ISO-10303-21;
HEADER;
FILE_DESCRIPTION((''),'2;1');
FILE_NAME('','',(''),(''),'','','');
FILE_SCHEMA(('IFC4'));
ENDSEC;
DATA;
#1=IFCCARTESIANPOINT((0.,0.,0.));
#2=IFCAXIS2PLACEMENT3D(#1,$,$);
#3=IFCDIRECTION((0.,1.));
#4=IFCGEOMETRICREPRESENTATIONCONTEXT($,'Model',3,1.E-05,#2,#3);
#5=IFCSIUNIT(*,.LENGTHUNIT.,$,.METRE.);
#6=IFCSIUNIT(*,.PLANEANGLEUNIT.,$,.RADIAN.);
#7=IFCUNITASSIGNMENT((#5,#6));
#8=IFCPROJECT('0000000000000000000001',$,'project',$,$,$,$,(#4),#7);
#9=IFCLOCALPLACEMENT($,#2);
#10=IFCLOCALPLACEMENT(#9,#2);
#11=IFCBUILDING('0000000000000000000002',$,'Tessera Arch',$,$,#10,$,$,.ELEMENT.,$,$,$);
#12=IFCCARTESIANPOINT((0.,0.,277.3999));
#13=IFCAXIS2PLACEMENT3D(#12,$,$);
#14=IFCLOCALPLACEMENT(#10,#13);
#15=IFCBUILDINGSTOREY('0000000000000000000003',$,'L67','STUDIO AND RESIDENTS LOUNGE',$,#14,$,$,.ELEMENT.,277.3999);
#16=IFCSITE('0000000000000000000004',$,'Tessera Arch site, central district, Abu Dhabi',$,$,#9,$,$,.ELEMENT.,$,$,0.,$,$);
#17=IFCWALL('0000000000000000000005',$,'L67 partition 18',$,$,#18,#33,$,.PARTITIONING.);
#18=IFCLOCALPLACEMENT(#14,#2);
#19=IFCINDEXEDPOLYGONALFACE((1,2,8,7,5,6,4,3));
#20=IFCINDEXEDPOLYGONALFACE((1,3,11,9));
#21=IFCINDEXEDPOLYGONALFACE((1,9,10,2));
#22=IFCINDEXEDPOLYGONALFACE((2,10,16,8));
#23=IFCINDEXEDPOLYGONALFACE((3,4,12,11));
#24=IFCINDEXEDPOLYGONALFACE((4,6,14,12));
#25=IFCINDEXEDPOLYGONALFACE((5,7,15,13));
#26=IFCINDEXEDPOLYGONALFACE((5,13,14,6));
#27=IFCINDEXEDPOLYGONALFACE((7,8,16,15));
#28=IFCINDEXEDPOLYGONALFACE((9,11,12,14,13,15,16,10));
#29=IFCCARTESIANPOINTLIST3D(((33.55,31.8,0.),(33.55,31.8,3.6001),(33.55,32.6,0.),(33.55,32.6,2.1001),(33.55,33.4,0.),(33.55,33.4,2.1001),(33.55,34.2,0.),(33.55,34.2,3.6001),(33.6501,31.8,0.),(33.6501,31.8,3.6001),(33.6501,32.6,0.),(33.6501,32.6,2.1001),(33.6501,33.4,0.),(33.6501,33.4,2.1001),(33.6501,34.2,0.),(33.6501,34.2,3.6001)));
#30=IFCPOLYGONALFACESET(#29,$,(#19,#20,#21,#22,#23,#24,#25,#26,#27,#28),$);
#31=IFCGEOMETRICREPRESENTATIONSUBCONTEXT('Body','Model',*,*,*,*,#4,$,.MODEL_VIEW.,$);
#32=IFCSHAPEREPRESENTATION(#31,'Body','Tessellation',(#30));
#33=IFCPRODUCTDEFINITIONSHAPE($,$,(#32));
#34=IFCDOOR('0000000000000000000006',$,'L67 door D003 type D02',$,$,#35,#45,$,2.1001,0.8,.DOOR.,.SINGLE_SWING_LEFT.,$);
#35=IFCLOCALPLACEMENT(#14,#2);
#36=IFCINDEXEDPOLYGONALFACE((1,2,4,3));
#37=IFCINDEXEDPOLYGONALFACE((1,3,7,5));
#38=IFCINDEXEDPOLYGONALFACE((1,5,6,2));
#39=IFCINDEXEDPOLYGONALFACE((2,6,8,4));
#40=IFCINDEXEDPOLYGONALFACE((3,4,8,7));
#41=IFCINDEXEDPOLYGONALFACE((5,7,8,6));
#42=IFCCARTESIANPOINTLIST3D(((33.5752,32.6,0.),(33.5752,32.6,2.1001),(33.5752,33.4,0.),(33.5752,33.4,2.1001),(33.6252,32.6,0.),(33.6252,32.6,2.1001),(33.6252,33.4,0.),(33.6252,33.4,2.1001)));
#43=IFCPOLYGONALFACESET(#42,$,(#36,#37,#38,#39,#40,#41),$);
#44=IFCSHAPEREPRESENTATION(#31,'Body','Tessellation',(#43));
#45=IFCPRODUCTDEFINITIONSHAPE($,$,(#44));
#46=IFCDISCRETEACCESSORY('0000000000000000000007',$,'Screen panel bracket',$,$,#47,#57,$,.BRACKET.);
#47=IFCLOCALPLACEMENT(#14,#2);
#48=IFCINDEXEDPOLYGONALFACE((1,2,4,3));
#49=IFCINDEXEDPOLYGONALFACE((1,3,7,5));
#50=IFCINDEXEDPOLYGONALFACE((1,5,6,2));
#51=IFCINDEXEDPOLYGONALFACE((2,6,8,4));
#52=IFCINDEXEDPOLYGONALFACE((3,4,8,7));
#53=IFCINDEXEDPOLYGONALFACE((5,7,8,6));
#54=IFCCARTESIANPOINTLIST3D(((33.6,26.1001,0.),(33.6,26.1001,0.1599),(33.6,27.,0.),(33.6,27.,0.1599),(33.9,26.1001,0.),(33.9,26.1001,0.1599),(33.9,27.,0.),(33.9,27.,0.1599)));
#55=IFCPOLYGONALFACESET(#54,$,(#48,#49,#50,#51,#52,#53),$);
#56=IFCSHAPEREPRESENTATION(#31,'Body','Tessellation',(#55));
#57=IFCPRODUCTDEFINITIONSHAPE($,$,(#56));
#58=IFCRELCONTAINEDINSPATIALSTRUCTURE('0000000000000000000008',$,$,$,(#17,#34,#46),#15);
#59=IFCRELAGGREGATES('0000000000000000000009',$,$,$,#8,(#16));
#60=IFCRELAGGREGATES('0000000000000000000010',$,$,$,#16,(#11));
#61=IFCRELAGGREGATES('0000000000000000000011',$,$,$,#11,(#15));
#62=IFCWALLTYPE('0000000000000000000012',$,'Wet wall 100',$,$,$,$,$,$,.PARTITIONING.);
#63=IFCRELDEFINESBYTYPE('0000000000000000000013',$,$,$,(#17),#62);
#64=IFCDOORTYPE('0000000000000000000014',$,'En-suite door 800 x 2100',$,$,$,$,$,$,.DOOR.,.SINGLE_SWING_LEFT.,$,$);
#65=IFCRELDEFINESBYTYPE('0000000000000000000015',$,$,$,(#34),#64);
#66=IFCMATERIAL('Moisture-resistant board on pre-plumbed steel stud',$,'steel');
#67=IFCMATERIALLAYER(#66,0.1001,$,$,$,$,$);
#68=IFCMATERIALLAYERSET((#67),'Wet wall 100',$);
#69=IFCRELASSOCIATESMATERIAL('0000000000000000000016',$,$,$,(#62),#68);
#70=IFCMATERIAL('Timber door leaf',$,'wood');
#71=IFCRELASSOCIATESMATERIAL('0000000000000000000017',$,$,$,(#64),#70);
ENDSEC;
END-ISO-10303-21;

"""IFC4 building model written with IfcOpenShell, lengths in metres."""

from ifc_helpers import new_model, si_unit, direction, frame, frame_2d, origin, origin_2d, place, context, subcontext, project, spatial, rectangle, extrude, material, layer, layer_set, type_object, element, fill, save


model = new_model("IFC4")

# Units and contexts
model_context = context("Model", 3, precision=1e-05, world=origin(), true_north=direction((0.0, 1.0)))
body_context = subcontext(model_context, "Body", "Model", "MODEL_VIEW")
ifc_project = project(units=[si_unit("LENGTHUNIT", "METRE"), si_unit("PLANEANGLEUNIT", "RADIAN")], contexts=[model_context])

# Site, building, storey
site_placement = place(None, origin())
site = spatial("IfcSite", under=ifc_project, at=site_placement, Name="Tessera Arch site, central district, Abu Dhabi", CompositionType="ELEMENT", RefElevation=0.0)
building_placement = place(site_placement, origin())
building = spatial("IfcBuilding", under=site, at=building_placement, Name="Tessera Arch", CompositionType="ELEMENT")
storey_placement = place(building_placement, frame((0.0, 0.0, 277.3999)))
storey = spatial("IfcBuildingStorey", under=building, at=storey_placement, Name="L67", Description="STUDIO AND RESIDENTS LOUNGE", CompositionType="ELEMENT", Elevation=277.3999)

# Shared definitions
ifc_material_1 = material(Name="Moisture-resistant board on pre-plumbed steel stud", Category="steel")
ifc_layer_1 = layer(ifc_material_1, 0.1001)
ifc_layer_set_1 = layer_set([ifc_layer_1], Name="Wet wall 100")
wall_type_1 = type_object("IfcWallType", Name="Wet wall 100", PredefinedType="PARTITIONING", material=ifc_layer_set_1)

# Wall, opening, door
wall_1_placement = place(storey_placement, frame((33.6001, 31.8, 0.0), z_axis=(0.0, 0.0, 1.0), x_axis=(0.0, 1.0, 0.0)))
wall_1 = element("IfcWall", 1, at=wall_1_placement, inside=storey, type_object=wall_type_1, Name="L67 partition 18", PredefinedType="PARTITIONING", context=body_context, shape_type="SweptSolid", body=[
    extrude(rectangle(XDim=2.3999, YDim=0.1001, at=frame_2d((1.2, 0.0))), origin(), (0.0, 0.0, 1.0), 3.6001),
])
opening_1_placement = place(wall_1_placement, frame((0.8, 0.0, 0.0)))
opening_1 = element("IfcOpeningElement", 2, at=opening_1_placement, cuts=wall_1, PredefinedType="OPENING", context=body_context, shape_type="SweptSolid", body=[
    extrude(rectangle(XDim=0.8, YDim=2.1001, at=frame_2d((0.3999, 1.05))), frame((0.0, 0.0601, 0.0), z_axis=(0.0, -1.0, 0.0), x_axis=(1.0, 0.0, 0.0)), (0.0, 0.0, 1.0), 0.1201),
])
ifc_material_2 = material(Name="Timber door leaf", Category="wood")
door_type_1 = type_object("IfcDoorType", Name="En-suite door 800 x 2100", OperationType="SINGLE_SWING_LEFT", PredefinedType="DOOR", material=ifc_material_2)
door_1_placement = place(opening_1_placement, origin())
door_1 = element("IfcDoor", 3, at=door_1_placement, inside=storey, type_object=door_type_1, Name="L67 door D003 type D02", OperationType="SINGLE_SWING_LEFT", OverallHeight=2.1001, OverallWidth=0.8, PredefinedType="DOOR", context=body_context, shape_type="SweptSolid", body=[
    extrude(rectangle(XDim=0.8, YDim=2.1001, at=frame_2d((0.3999, 1.05))), frame((0.0, 0.0249, 0.0), z_axis=(0.0, -1.0, 0.0), x_axis=(1.0, 0.0, 0.0)), (0.0, 0.0, 1.0), 0.05),
])
fill(opening_1, door_1)

# Discrete accessory
discrete_accessory_placement = place(storey_placement, frame((33.75, 26.55, 0.0), z_axis=(0.0, 0.0, 1.0), x_axis=(0.0, -1.0, 0.0)))
element("IfcDiscreteAccessory", 4, at=discrete_accessory_placement, inside=storey, Name="Screen panel bracket", PredefinedType="BRACKET", context=body_context, shape_type="SweptSolid", body=[
    extrude(rectangle(XDim=0.8999, YDim=0.3, at=origin_2d()), origin(), (0.0, 0.0, 1.0), 0.1599),
])

save(model, "model.ifc")
